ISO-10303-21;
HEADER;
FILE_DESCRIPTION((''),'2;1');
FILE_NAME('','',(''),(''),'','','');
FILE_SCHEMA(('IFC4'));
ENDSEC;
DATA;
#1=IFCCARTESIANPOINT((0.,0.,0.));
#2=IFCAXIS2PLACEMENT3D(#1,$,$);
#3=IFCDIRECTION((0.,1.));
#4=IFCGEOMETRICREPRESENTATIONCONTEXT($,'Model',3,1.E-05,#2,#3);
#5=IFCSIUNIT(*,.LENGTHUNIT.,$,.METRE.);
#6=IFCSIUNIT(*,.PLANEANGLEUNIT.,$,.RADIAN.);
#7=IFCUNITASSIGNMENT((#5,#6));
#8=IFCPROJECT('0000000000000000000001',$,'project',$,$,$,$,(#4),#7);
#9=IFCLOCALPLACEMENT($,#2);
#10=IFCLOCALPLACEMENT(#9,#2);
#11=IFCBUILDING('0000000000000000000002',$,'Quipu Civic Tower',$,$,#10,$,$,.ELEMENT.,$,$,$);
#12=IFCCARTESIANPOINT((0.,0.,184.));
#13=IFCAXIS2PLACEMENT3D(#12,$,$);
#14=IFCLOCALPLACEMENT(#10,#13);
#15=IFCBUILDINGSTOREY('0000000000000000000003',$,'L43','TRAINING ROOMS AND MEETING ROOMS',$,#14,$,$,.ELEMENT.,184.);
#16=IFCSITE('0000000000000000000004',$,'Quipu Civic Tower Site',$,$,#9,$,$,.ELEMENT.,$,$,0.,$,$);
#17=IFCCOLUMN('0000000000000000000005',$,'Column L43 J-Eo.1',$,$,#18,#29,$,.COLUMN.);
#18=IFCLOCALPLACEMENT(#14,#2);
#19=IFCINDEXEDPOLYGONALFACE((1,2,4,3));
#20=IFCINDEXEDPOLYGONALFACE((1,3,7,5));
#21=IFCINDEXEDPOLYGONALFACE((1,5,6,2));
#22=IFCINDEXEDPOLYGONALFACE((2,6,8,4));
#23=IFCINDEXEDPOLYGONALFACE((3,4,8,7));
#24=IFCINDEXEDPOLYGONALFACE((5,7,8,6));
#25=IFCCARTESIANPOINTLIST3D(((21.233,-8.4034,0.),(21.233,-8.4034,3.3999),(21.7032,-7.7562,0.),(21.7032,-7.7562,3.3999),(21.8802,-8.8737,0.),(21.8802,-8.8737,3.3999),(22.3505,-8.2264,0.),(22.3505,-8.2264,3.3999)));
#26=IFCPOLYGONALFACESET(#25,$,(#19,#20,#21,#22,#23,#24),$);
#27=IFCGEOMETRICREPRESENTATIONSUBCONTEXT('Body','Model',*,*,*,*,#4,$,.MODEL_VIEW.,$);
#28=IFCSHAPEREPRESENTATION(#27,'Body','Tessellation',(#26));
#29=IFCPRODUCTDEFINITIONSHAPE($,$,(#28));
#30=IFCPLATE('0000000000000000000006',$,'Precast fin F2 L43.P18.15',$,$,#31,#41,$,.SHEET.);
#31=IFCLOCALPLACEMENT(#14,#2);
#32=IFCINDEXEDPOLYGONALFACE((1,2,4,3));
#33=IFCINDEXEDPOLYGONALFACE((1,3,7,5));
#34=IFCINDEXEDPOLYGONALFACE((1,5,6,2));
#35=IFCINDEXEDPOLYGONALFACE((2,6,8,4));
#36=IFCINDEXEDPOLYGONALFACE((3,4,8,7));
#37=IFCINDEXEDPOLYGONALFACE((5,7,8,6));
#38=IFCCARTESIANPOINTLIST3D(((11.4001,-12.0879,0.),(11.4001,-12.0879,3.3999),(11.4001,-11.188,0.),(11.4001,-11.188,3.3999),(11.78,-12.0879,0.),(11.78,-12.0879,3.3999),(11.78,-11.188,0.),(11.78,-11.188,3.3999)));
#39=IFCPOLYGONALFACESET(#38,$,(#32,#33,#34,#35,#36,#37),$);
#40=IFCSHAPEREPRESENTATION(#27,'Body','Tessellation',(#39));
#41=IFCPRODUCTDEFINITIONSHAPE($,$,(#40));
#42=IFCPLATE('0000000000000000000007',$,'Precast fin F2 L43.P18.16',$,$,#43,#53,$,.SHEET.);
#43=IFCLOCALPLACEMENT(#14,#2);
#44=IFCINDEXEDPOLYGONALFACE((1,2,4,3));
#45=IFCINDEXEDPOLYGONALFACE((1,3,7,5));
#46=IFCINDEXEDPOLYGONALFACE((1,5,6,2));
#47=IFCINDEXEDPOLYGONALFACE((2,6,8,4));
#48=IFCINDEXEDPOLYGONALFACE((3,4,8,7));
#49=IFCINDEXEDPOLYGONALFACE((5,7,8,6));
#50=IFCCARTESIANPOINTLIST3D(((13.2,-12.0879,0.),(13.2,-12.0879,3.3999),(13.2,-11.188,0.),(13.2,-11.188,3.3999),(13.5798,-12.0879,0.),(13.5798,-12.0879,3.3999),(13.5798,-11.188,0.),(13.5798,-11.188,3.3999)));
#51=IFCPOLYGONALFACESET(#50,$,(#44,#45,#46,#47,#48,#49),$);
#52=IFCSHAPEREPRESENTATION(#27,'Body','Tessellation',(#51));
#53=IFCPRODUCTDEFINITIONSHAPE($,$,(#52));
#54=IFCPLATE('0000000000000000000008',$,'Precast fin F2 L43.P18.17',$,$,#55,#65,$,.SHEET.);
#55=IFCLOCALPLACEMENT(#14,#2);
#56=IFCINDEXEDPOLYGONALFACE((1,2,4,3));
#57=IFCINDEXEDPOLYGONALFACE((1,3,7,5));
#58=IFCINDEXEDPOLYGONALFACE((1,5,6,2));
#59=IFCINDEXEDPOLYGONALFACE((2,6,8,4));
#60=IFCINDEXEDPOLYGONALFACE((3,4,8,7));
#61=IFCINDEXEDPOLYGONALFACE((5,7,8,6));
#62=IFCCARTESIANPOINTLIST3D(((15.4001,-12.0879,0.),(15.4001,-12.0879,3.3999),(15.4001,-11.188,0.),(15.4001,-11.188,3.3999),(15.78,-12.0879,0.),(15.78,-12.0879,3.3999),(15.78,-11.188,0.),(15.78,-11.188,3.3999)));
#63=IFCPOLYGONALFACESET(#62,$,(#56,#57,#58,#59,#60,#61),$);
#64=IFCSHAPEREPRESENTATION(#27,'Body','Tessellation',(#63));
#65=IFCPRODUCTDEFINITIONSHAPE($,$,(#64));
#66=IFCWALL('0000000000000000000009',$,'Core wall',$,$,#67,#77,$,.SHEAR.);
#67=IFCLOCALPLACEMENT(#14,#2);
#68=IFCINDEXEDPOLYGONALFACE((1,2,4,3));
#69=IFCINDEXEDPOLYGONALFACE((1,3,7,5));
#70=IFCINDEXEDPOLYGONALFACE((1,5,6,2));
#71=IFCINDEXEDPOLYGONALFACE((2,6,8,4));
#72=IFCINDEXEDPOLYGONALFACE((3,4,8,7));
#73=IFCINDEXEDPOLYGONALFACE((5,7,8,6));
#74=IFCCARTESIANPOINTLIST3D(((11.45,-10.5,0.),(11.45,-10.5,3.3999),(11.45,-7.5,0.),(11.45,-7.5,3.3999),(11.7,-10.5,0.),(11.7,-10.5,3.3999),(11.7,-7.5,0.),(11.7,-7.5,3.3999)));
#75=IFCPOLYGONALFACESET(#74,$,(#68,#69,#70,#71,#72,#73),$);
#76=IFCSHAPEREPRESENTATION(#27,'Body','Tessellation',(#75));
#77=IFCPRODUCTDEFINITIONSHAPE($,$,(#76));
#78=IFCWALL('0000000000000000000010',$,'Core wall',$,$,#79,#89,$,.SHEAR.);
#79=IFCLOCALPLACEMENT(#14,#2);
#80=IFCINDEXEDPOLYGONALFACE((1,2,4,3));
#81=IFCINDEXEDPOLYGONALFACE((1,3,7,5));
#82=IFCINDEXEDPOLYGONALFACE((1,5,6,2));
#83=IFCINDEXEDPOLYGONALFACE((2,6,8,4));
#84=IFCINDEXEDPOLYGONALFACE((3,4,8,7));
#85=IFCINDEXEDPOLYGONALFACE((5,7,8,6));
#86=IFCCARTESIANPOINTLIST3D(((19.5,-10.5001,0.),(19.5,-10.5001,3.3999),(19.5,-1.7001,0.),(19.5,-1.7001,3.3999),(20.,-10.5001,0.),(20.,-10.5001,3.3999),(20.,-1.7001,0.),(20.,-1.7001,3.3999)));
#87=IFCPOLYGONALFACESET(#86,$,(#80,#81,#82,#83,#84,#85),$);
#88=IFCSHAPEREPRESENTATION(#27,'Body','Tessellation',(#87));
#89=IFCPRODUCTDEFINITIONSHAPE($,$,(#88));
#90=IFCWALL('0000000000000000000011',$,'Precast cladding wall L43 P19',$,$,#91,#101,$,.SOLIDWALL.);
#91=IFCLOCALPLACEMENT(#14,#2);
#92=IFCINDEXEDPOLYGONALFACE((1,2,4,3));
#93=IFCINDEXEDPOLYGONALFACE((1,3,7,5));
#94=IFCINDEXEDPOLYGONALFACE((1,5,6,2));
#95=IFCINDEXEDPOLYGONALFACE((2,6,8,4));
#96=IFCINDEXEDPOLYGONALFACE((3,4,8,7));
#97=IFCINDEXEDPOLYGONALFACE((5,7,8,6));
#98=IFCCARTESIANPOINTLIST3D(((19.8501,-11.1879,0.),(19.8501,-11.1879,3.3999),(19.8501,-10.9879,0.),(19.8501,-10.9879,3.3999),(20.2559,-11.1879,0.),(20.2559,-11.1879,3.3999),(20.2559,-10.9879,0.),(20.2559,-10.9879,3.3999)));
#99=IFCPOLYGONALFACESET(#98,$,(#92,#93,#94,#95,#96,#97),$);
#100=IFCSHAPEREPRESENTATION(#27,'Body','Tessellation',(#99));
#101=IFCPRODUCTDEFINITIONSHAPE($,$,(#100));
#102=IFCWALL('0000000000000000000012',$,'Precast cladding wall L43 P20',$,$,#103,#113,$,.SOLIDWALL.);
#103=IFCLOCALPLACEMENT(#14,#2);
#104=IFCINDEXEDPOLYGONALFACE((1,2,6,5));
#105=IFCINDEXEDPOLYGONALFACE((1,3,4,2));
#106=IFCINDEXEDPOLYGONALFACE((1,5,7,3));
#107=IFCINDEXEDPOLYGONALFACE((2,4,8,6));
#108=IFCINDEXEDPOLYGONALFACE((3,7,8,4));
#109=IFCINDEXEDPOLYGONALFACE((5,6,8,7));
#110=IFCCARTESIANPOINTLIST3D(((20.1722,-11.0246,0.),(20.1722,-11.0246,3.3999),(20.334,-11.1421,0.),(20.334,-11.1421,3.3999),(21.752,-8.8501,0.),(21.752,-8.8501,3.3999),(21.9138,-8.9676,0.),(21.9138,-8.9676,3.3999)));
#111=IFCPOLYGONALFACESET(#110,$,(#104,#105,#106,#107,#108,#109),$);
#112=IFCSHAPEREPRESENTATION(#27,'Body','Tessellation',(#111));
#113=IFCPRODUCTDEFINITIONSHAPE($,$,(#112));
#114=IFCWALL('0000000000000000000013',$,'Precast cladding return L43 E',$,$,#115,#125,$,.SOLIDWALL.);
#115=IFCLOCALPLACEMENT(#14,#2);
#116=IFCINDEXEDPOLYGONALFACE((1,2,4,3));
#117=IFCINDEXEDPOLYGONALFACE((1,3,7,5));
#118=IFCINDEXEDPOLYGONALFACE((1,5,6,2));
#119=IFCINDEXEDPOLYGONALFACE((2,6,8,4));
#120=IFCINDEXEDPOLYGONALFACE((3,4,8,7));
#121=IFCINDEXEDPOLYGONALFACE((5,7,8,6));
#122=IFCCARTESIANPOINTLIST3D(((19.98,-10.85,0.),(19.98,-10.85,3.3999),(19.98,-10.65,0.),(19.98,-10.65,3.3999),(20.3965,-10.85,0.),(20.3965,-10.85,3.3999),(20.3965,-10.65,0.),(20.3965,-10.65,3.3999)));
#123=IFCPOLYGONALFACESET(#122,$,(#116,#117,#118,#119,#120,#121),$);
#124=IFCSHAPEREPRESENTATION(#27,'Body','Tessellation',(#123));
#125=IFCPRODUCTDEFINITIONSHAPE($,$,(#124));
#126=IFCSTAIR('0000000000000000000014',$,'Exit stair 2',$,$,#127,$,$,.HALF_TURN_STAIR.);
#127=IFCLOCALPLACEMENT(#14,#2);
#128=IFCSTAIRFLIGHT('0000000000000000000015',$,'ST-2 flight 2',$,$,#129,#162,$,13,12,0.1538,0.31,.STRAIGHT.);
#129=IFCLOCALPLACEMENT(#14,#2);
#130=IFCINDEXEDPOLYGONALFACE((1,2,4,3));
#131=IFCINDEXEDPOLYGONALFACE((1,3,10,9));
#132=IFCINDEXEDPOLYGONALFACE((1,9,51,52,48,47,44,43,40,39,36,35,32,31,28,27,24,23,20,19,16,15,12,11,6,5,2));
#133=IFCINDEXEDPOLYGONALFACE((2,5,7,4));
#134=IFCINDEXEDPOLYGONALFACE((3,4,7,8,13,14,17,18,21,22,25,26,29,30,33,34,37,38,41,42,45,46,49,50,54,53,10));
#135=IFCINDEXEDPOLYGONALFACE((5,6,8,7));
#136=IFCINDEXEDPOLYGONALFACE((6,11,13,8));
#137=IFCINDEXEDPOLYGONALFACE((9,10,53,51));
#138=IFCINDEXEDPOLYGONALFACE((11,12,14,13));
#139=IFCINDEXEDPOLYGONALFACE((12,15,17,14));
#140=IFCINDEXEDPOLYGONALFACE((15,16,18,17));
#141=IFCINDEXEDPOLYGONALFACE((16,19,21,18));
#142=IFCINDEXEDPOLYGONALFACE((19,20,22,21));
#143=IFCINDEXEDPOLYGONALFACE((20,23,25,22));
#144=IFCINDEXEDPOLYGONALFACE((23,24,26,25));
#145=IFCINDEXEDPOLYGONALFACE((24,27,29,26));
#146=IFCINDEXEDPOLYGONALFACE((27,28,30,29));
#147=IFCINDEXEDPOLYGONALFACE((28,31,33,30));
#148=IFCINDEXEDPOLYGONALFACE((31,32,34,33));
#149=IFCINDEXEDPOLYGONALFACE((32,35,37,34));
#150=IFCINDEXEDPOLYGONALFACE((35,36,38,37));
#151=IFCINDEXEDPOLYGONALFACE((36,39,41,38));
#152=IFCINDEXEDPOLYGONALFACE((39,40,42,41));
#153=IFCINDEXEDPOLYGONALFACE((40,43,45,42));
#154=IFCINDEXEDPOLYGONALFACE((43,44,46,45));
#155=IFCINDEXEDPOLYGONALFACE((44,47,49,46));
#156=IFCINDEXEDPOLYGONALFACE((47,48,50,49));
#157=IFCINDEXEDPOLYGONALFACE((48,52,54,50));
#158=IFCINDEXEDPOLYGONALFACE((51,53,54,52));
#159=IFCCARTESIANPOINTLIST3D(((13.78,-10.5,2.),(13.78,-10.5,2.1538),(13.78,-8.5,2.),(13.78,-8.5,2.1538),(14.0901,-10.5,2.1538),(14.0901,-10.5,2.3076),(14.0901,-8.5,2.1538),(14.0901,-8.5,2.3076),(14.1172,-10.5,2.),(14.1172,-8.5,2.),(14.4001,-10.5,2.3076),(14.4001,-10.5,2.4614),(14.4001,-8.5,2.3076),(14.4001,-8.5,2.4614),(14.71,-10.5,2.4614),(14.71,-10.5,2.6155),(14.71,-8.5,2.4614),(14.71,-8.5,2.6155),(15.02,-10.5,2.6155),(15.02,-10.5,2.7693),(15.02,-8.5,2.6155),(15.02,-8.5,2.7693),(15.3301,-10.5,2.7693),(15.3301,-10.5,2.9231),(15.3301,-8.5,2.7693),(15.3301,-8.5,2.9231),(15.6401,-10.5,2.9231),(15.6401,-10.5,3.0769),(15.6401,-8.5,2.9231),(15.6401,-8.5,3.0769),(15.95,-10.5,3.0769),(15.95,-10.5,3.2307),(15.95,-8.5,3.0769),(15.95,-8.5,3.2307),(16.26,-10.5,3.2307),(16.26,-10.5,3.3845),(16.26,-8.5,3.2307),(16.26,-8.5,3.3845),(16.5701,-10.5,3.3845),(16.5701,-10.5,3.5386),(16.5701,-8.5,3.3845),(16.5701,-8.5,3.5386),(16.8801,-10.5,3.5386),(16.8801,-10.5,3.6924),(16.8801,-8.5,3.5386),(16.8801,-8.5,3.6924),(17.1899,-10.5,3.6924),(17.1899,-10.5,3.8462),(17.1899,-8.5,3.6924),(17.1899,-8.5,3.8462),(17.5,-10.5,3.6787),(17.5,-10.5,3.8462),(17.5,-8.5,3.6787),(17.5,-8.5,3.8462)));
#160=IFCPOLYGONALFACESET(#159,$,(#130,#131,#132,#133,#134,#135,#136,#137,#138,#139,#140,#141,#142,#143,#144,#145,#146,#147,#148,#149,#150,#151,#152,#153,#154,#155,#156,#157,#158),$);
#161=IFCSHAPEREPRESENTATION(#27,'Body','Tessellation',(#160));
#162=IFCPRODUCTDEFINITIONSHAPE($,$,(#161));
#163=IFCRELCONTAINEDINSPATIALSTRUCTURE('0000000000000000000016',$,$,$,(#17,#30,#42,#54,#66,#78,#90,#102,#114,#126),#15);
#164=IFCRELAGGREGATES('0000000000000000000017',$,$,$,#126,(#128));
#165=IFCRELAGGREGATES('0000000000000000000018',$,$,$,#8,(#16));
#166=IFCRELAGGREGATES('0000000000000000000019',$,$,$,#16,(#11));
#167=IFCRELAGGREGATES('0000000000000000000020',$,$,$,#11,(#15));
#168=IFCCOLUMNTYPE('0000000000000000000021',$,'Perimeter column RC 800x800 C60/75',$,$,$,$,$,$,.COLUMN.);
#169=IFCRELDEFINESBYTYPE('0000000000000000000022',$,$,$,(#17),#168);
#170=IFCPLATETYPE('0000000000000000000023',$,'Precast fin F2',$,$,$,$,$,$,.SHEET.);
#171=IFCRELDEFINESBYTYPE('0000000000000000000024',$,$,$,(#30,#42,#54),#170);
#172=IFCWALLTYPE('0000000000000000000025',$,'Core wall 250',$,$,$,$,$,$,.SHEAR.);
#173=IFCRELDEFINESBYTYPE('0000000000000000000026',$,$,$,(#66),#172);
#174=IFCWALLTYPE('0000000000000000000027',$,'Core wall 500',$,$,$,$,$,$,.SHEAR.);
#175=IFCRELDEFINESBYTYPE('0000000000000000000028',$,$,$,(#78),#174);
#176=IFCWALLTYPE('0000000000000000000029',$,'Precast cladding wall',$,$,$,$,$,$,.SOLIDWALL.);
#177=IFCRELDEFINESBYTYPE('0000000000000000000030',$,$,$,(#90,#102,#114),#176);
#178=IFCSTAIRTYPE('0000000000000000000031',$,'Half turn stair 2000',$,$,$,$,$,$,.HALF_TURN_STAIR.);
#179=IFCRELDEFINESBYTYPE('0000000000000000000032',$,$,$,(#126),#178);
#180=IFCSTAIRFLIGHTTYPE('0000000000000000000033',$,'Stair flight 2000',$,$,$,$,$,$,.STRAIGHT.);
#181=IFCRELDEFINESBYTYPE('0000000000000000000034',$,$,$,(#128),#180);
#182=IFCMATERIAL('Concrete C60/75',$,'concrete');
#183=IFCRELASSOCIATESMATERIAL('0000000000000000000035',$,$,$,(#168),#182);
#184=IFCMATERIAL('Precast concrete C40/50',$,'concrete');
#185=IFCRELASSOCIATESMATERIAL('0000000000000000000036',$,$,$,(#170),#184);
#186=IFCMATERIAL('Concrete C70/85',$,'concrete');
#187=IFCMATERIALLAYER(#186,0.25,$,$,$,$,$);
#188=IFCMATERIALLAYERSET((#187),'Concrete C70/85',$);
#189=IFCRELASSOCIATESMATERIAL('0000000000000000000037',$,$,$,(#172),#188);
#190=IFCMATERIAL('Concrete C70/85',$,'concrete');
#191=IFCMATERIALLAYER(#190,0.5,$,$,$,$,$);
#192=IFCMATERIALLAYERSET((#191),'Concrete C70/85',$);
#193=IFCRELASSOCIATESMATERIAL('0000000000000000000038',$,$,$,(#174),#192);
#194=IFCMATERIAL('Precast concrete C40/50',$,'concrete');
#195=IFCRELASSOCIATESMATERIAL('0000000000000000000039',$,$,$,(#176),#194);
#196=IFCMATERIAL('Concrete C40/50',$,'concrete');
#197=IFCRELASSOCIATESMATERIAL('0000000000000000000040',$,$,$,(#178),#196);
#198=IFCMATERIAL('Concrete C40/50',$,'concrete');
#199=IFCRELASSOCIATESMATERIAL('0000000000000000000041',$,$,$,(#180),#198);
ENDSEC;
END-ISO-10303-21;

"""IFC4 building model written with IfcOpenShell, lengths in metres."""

from ifc_helpers import new_model, si_unit, direction, frame, frame_2d, origin, origin_2d, place, context, subcontext, project, spatial, polyline, rectangle, outline, extrude, material, layer, layer_set, material_profile, profile_set, type_object, element, aggregate, save


model = new_model("IFC4")

# Units and contexts
model_context = context("Model", 3, precision=1e-05, world=origin(), true_north=direction((0.0, 1.0)))
body_context = subcontext(model_context, "Body", "Model", "MODEL_VIEW")
ifc_project = project(units=[si_unit("LENGTHUNIT", "METRE"), si_unit("PLANEANGLEUNIT", "RADIAN")], contexts=[model_context])

# Site, building, storey
site_placement = place(None, origin())
site = spatial("IfcSite", under=ifc_project, at=site_placement, Name="Quipu Civic Tower Site", CompositionType="ELEMENT", RefElevation=0.0)
building_placement = place(site_placement, origin())
building = spatial("IfcBuilding", under=site, at=building_placement, Name="Quipu Civic Tower", CompositionType="ELEMENT")
storey_placement = place(building_placement, frame((0.0, 0.0, 184.0)))
storey = spatial("IfcBuildingStorey", under=building, at=storey_placement, Name="L43", Description="TRAINING ROOMS AND MEETING ROOMS", CompositionType="ELEMENT", Elevation=184.0)

# Column
ifc_material_1 = material(Name="Concrete C60/75", Category="concrete")
ifc_material_profile = material_profile(ifc_material_1, rectangle(XDim=0.8, YDim=0.8, at=origin_2d()), Name="RC800x800")
ifc_profile_set = profile_set([ifc_material_profile], Name="Concrete C60/75")
column_type = type_object("IfcColumnType", Name="Perimeter column RC 800x800 C60/75", PredefinedType="COLUMN", material=ifc_profile_set)
column_placement = place(storey_placement, frame((21.7917, -8.3149, 0.0), z_axis=(0.0, 0.0, 1.0), x_axis=(0.587785, 0.809017, 0.0)))
element("IfcColumn", 1, at=column_placement, inside=storey, type_object=column_type, Name="Column L43 J-Eo.1", PredefinedType="COLUMN", context=body_context, shape_type="SweptSolid", body=[
    extrude(rectangle(XDim=0.8, YDim=0.8, at=origin_2d()), origin(), (0.0, 0.0, 1.0), 3.3999),
])

# Plates
ifc_material_2 = material(Name="Precast concrete C40/50", Category="concrete")
plate_type = type_object("IfcPlateType", Name="Precast fin F2", PredefinedType="SHEET", material=ifc_material_2)
for number, where, z_axis, x_axis, name in (
    (2, (11.5901, -11.6379, 0.0), (0.0, 0.0, 1.0), (1.0, 0.0, 0.0), "Precast fin F2 L43.P18.15"),
    (3, (13.3899, -11.6379, 0.0), (0.0, 0.0, 1.0), (1.0, 0.0, 0.0), "Precast fin F2 L43.P18.16"),
    (4, (15.5901, -11.6379, 0.0), (0.0, 0.0, 1.0), (1.0, 0.0, 0.0), "Precast fin F2 L43.P18.17"),
):
    element("IfcPlate", number, at=place(storey_placement, frame(where, z_axis=z_axis, x_axis=x_axis)), inside=storey, type_object=plate_type, Name=name, PredefinedType="SHEET", context=body_context, shape_type="SweptSolid", body=[
        extrude(rectangle(XDim=0.3799, YDim=0.8999, at=origin_2d()), origin(), (0.0, 0.0, 1.0), 3.3999),
    ])

# Wall
ifc_material_3 = material(Name="Concrete C70/85", Category="concrete")
ifc_layer_1 = layer(ifc_material_3, 0.25)
ifc_layer_set_1 = layer_set([ifc_layer_1], Name="Concrete C70/85")
wall_type_1 = type_object("IfcWallType", Name="Core wall 250", PredefinedType="SHEAR", material=ifc_layer_set_1)
wall_1_placement = place(storey_placement, frame((11.575, -10.5, 0.0), z_axis=(0.0, 0.0, 1.0), x_axis=(0.0, 1.0, 0.0)))
element("IfcWall", 5, at=wall_1_placement, inside=storey, type_object=wall_type_1, Name="Core wall", PredefinedType="SHEAR", context=body_context, shape_type="SweptSolid", body=[
    extrude(rectangle(XDim=3.0, YDim=0.25, at=frame_2d((1.5, 0.0))), origin(), (0.0, 0.0, 1.0), 3.3999),
])

# Walls
ifc_material_4 = material(Name="Concrete C70/85", Category="concrete")
ifc_layer_2 = layer(ifc_material_4, 0.5)
ifc_layer_set_2 = layer_set([ifc_layer_2], Name="Concrete C70/85")
wall_type_2 = type_object("IfcWallType", Name="Core wall 500", PredefinedType="SHEAR", material=ifc_layer_set_2)
wall_2_placement = place(storey_placement, frame((19.75, -10.5, 0.0), z_axis=(0.0, 0.0, 1.0), x_axis=(0.0, 1.0, 0.0)))
element("IfcWall", 6, at=wall_2_placement, inside=storey, type_object=wall_type_2, Name="Core wall", PredefinedType="SHEAR", context=body_context, shape_type="SweptSolid", body=[
    extrude(rectangle(XDim=8.8, YDim=0.5, at=frame_2d((4.3999, 0.0))), origin(), (0.0, 0.0, 1.0), 3.3999),
])
ifc_material_5 = material(Name="Precast concrete C40/50", Category="concrete")
wall_type_3 = type_object("IfcWallType", Name="Precast cladding wall", PredefinedType="SOLIDWALL", material=ifc_material_5)
wall_3_placement = place(storey_placement, frame((19.8501, -11.0879, 0.0), z_axis=(0.0, 0.0, 1.0), x_axis=(1.0, 0.0, 0.0)))
element("IfcWall", 7, at=wall_3_placement, inside=storey, type_object=wall_type_3, Name="Precast cladding wall L43 P19", PredefinedType="SOLIDWALL", context=body_context, shape_type="SweptSolid", body=[
    extrude(rectangle(XDim=0.4058, YDim=0.2, at=frame_2d((0.2029, 0.0))), origin(), (0.0, 0.0, 1.0), 3.3999),
])
wall_4_placement = place(storey_placement, frame((20.2532, -11.0833, 0.0), z_axis=(0.0, 0.0, 1.0), x_axis=(0.587767, 0.809031, 0.0)))
element("IfcWall", 8, at=wall_4_placement, inside=storey, type_object=wall_type_3, Name="Precast cladding wall L43 P20", PredefinedType="SOLIDWALL", context=body_context, shape_type="SweptSolid", body=[
    extrude(rectangle(XDim=2.6877, YDim=0.2, at=frame_2d((1.3438, 0.0))), origin(), (0.0, 0.0, 1.0), 3.3999),
])
wall_5_placement = place(storey_placement, frame((19.98, -10.75, 0.0), z_axis=(0.0, 0.0, 1.0), x_axis=(1.0, 0.0, 0.0)))
element("IfcWall", 9, at=wall_5_placement, inside=storey, type_object=wall_type_3, Name="Precast cladding return L43 E", PredefinedType="SOLIDWALL", context=body_context, shape_type="SweptSolid", body=[
    extrude(rectangle(XDim=0.4165, YDim=0.2, at=frame_2d((0.2083, 0.0))), origin(), (0.0, 0.0, 1.0), 3.3999),
])

# Stair, stair flight
ifc_material_6 = material(Name="Concrete C40/50", Category="concrete")
stair_type = type_object("IfcStairType", Name="Half turn stair 2000", PredefinedType="HALF_TURN_STAIR", material=ifc_material_6)
stair_placement = place(storey_placement, origin())
stair = element("IfcStair", 10, at=stair_placement, inside=storey, type_object=stair_type, Name="Exit stair 2", PredefinedType="HALF_TURN_STAIR")
ifc_material_7 = material(Name="Concrete C40/50", Category="concrete")
stair_flight_type = type_object("IfcStairFlightType", Name="Stair flight 2000", PredefinedType="STRAIGHT", material=ifc_material_7)
stair_flight_placement = place(storey_placement, frame((13.78, -9.5, 2.0), z_axis=(0.0, 0.0, 1.0), x_axis=(1.0, 0.0, 0.0)))
stair_flight = element("IfcStairFlight", 11, at=stair_flight_placement, type_object=stair_flight_type, Name="ST-2 flight 2", NumberOfRisers=13, NumberOfTreads=12, PredefinedType="STRAIGHT", RiserHeight=0.1538, TreadLength=0.31, context=body_context, shape_type="SweptSolid", body=[
    extrude(outline(polyline([(0.0, 0.0), (0.0, 0.1538), (0.3101, 0.1538), (0.3101, 0.3076), (0.6201, 0.3076), (0.6201, 0.4614), (0.9299, 0.4614), (0.9299, 0.6155), (1.24, 0.6155), (1.24, 0.7693), (1.55, 0.7693), (1.55, 0.9231), (1.8601, 0.9231), (1.8601, 1.0769), (2.1699, 1.0769), (2.1699, 1.2307), (2.48, 1.2307), (2.48, 1.3845), (2.79, 1.3845), (2.79, 1.5386), (3.1001, 1.5386), (3.1001, 1.6924), (3.4099, 1.6924), (3.4099, 1.8462), (3.72, 1.8462), (3.72, 2.0), (3.72, 1.6787), (0.3372, 0.0), (0.0, 0.0)])), frame((0.0, 1.0, 0.0), z_axis=(0.0, -1.0, 0.0), x_axis=(1.0, 0.0, 0.0)), (0.0, 0.0, 1.0), 2.0),
])
aggregate(stair, [stair_flight])

save(model, "model.ifc")
